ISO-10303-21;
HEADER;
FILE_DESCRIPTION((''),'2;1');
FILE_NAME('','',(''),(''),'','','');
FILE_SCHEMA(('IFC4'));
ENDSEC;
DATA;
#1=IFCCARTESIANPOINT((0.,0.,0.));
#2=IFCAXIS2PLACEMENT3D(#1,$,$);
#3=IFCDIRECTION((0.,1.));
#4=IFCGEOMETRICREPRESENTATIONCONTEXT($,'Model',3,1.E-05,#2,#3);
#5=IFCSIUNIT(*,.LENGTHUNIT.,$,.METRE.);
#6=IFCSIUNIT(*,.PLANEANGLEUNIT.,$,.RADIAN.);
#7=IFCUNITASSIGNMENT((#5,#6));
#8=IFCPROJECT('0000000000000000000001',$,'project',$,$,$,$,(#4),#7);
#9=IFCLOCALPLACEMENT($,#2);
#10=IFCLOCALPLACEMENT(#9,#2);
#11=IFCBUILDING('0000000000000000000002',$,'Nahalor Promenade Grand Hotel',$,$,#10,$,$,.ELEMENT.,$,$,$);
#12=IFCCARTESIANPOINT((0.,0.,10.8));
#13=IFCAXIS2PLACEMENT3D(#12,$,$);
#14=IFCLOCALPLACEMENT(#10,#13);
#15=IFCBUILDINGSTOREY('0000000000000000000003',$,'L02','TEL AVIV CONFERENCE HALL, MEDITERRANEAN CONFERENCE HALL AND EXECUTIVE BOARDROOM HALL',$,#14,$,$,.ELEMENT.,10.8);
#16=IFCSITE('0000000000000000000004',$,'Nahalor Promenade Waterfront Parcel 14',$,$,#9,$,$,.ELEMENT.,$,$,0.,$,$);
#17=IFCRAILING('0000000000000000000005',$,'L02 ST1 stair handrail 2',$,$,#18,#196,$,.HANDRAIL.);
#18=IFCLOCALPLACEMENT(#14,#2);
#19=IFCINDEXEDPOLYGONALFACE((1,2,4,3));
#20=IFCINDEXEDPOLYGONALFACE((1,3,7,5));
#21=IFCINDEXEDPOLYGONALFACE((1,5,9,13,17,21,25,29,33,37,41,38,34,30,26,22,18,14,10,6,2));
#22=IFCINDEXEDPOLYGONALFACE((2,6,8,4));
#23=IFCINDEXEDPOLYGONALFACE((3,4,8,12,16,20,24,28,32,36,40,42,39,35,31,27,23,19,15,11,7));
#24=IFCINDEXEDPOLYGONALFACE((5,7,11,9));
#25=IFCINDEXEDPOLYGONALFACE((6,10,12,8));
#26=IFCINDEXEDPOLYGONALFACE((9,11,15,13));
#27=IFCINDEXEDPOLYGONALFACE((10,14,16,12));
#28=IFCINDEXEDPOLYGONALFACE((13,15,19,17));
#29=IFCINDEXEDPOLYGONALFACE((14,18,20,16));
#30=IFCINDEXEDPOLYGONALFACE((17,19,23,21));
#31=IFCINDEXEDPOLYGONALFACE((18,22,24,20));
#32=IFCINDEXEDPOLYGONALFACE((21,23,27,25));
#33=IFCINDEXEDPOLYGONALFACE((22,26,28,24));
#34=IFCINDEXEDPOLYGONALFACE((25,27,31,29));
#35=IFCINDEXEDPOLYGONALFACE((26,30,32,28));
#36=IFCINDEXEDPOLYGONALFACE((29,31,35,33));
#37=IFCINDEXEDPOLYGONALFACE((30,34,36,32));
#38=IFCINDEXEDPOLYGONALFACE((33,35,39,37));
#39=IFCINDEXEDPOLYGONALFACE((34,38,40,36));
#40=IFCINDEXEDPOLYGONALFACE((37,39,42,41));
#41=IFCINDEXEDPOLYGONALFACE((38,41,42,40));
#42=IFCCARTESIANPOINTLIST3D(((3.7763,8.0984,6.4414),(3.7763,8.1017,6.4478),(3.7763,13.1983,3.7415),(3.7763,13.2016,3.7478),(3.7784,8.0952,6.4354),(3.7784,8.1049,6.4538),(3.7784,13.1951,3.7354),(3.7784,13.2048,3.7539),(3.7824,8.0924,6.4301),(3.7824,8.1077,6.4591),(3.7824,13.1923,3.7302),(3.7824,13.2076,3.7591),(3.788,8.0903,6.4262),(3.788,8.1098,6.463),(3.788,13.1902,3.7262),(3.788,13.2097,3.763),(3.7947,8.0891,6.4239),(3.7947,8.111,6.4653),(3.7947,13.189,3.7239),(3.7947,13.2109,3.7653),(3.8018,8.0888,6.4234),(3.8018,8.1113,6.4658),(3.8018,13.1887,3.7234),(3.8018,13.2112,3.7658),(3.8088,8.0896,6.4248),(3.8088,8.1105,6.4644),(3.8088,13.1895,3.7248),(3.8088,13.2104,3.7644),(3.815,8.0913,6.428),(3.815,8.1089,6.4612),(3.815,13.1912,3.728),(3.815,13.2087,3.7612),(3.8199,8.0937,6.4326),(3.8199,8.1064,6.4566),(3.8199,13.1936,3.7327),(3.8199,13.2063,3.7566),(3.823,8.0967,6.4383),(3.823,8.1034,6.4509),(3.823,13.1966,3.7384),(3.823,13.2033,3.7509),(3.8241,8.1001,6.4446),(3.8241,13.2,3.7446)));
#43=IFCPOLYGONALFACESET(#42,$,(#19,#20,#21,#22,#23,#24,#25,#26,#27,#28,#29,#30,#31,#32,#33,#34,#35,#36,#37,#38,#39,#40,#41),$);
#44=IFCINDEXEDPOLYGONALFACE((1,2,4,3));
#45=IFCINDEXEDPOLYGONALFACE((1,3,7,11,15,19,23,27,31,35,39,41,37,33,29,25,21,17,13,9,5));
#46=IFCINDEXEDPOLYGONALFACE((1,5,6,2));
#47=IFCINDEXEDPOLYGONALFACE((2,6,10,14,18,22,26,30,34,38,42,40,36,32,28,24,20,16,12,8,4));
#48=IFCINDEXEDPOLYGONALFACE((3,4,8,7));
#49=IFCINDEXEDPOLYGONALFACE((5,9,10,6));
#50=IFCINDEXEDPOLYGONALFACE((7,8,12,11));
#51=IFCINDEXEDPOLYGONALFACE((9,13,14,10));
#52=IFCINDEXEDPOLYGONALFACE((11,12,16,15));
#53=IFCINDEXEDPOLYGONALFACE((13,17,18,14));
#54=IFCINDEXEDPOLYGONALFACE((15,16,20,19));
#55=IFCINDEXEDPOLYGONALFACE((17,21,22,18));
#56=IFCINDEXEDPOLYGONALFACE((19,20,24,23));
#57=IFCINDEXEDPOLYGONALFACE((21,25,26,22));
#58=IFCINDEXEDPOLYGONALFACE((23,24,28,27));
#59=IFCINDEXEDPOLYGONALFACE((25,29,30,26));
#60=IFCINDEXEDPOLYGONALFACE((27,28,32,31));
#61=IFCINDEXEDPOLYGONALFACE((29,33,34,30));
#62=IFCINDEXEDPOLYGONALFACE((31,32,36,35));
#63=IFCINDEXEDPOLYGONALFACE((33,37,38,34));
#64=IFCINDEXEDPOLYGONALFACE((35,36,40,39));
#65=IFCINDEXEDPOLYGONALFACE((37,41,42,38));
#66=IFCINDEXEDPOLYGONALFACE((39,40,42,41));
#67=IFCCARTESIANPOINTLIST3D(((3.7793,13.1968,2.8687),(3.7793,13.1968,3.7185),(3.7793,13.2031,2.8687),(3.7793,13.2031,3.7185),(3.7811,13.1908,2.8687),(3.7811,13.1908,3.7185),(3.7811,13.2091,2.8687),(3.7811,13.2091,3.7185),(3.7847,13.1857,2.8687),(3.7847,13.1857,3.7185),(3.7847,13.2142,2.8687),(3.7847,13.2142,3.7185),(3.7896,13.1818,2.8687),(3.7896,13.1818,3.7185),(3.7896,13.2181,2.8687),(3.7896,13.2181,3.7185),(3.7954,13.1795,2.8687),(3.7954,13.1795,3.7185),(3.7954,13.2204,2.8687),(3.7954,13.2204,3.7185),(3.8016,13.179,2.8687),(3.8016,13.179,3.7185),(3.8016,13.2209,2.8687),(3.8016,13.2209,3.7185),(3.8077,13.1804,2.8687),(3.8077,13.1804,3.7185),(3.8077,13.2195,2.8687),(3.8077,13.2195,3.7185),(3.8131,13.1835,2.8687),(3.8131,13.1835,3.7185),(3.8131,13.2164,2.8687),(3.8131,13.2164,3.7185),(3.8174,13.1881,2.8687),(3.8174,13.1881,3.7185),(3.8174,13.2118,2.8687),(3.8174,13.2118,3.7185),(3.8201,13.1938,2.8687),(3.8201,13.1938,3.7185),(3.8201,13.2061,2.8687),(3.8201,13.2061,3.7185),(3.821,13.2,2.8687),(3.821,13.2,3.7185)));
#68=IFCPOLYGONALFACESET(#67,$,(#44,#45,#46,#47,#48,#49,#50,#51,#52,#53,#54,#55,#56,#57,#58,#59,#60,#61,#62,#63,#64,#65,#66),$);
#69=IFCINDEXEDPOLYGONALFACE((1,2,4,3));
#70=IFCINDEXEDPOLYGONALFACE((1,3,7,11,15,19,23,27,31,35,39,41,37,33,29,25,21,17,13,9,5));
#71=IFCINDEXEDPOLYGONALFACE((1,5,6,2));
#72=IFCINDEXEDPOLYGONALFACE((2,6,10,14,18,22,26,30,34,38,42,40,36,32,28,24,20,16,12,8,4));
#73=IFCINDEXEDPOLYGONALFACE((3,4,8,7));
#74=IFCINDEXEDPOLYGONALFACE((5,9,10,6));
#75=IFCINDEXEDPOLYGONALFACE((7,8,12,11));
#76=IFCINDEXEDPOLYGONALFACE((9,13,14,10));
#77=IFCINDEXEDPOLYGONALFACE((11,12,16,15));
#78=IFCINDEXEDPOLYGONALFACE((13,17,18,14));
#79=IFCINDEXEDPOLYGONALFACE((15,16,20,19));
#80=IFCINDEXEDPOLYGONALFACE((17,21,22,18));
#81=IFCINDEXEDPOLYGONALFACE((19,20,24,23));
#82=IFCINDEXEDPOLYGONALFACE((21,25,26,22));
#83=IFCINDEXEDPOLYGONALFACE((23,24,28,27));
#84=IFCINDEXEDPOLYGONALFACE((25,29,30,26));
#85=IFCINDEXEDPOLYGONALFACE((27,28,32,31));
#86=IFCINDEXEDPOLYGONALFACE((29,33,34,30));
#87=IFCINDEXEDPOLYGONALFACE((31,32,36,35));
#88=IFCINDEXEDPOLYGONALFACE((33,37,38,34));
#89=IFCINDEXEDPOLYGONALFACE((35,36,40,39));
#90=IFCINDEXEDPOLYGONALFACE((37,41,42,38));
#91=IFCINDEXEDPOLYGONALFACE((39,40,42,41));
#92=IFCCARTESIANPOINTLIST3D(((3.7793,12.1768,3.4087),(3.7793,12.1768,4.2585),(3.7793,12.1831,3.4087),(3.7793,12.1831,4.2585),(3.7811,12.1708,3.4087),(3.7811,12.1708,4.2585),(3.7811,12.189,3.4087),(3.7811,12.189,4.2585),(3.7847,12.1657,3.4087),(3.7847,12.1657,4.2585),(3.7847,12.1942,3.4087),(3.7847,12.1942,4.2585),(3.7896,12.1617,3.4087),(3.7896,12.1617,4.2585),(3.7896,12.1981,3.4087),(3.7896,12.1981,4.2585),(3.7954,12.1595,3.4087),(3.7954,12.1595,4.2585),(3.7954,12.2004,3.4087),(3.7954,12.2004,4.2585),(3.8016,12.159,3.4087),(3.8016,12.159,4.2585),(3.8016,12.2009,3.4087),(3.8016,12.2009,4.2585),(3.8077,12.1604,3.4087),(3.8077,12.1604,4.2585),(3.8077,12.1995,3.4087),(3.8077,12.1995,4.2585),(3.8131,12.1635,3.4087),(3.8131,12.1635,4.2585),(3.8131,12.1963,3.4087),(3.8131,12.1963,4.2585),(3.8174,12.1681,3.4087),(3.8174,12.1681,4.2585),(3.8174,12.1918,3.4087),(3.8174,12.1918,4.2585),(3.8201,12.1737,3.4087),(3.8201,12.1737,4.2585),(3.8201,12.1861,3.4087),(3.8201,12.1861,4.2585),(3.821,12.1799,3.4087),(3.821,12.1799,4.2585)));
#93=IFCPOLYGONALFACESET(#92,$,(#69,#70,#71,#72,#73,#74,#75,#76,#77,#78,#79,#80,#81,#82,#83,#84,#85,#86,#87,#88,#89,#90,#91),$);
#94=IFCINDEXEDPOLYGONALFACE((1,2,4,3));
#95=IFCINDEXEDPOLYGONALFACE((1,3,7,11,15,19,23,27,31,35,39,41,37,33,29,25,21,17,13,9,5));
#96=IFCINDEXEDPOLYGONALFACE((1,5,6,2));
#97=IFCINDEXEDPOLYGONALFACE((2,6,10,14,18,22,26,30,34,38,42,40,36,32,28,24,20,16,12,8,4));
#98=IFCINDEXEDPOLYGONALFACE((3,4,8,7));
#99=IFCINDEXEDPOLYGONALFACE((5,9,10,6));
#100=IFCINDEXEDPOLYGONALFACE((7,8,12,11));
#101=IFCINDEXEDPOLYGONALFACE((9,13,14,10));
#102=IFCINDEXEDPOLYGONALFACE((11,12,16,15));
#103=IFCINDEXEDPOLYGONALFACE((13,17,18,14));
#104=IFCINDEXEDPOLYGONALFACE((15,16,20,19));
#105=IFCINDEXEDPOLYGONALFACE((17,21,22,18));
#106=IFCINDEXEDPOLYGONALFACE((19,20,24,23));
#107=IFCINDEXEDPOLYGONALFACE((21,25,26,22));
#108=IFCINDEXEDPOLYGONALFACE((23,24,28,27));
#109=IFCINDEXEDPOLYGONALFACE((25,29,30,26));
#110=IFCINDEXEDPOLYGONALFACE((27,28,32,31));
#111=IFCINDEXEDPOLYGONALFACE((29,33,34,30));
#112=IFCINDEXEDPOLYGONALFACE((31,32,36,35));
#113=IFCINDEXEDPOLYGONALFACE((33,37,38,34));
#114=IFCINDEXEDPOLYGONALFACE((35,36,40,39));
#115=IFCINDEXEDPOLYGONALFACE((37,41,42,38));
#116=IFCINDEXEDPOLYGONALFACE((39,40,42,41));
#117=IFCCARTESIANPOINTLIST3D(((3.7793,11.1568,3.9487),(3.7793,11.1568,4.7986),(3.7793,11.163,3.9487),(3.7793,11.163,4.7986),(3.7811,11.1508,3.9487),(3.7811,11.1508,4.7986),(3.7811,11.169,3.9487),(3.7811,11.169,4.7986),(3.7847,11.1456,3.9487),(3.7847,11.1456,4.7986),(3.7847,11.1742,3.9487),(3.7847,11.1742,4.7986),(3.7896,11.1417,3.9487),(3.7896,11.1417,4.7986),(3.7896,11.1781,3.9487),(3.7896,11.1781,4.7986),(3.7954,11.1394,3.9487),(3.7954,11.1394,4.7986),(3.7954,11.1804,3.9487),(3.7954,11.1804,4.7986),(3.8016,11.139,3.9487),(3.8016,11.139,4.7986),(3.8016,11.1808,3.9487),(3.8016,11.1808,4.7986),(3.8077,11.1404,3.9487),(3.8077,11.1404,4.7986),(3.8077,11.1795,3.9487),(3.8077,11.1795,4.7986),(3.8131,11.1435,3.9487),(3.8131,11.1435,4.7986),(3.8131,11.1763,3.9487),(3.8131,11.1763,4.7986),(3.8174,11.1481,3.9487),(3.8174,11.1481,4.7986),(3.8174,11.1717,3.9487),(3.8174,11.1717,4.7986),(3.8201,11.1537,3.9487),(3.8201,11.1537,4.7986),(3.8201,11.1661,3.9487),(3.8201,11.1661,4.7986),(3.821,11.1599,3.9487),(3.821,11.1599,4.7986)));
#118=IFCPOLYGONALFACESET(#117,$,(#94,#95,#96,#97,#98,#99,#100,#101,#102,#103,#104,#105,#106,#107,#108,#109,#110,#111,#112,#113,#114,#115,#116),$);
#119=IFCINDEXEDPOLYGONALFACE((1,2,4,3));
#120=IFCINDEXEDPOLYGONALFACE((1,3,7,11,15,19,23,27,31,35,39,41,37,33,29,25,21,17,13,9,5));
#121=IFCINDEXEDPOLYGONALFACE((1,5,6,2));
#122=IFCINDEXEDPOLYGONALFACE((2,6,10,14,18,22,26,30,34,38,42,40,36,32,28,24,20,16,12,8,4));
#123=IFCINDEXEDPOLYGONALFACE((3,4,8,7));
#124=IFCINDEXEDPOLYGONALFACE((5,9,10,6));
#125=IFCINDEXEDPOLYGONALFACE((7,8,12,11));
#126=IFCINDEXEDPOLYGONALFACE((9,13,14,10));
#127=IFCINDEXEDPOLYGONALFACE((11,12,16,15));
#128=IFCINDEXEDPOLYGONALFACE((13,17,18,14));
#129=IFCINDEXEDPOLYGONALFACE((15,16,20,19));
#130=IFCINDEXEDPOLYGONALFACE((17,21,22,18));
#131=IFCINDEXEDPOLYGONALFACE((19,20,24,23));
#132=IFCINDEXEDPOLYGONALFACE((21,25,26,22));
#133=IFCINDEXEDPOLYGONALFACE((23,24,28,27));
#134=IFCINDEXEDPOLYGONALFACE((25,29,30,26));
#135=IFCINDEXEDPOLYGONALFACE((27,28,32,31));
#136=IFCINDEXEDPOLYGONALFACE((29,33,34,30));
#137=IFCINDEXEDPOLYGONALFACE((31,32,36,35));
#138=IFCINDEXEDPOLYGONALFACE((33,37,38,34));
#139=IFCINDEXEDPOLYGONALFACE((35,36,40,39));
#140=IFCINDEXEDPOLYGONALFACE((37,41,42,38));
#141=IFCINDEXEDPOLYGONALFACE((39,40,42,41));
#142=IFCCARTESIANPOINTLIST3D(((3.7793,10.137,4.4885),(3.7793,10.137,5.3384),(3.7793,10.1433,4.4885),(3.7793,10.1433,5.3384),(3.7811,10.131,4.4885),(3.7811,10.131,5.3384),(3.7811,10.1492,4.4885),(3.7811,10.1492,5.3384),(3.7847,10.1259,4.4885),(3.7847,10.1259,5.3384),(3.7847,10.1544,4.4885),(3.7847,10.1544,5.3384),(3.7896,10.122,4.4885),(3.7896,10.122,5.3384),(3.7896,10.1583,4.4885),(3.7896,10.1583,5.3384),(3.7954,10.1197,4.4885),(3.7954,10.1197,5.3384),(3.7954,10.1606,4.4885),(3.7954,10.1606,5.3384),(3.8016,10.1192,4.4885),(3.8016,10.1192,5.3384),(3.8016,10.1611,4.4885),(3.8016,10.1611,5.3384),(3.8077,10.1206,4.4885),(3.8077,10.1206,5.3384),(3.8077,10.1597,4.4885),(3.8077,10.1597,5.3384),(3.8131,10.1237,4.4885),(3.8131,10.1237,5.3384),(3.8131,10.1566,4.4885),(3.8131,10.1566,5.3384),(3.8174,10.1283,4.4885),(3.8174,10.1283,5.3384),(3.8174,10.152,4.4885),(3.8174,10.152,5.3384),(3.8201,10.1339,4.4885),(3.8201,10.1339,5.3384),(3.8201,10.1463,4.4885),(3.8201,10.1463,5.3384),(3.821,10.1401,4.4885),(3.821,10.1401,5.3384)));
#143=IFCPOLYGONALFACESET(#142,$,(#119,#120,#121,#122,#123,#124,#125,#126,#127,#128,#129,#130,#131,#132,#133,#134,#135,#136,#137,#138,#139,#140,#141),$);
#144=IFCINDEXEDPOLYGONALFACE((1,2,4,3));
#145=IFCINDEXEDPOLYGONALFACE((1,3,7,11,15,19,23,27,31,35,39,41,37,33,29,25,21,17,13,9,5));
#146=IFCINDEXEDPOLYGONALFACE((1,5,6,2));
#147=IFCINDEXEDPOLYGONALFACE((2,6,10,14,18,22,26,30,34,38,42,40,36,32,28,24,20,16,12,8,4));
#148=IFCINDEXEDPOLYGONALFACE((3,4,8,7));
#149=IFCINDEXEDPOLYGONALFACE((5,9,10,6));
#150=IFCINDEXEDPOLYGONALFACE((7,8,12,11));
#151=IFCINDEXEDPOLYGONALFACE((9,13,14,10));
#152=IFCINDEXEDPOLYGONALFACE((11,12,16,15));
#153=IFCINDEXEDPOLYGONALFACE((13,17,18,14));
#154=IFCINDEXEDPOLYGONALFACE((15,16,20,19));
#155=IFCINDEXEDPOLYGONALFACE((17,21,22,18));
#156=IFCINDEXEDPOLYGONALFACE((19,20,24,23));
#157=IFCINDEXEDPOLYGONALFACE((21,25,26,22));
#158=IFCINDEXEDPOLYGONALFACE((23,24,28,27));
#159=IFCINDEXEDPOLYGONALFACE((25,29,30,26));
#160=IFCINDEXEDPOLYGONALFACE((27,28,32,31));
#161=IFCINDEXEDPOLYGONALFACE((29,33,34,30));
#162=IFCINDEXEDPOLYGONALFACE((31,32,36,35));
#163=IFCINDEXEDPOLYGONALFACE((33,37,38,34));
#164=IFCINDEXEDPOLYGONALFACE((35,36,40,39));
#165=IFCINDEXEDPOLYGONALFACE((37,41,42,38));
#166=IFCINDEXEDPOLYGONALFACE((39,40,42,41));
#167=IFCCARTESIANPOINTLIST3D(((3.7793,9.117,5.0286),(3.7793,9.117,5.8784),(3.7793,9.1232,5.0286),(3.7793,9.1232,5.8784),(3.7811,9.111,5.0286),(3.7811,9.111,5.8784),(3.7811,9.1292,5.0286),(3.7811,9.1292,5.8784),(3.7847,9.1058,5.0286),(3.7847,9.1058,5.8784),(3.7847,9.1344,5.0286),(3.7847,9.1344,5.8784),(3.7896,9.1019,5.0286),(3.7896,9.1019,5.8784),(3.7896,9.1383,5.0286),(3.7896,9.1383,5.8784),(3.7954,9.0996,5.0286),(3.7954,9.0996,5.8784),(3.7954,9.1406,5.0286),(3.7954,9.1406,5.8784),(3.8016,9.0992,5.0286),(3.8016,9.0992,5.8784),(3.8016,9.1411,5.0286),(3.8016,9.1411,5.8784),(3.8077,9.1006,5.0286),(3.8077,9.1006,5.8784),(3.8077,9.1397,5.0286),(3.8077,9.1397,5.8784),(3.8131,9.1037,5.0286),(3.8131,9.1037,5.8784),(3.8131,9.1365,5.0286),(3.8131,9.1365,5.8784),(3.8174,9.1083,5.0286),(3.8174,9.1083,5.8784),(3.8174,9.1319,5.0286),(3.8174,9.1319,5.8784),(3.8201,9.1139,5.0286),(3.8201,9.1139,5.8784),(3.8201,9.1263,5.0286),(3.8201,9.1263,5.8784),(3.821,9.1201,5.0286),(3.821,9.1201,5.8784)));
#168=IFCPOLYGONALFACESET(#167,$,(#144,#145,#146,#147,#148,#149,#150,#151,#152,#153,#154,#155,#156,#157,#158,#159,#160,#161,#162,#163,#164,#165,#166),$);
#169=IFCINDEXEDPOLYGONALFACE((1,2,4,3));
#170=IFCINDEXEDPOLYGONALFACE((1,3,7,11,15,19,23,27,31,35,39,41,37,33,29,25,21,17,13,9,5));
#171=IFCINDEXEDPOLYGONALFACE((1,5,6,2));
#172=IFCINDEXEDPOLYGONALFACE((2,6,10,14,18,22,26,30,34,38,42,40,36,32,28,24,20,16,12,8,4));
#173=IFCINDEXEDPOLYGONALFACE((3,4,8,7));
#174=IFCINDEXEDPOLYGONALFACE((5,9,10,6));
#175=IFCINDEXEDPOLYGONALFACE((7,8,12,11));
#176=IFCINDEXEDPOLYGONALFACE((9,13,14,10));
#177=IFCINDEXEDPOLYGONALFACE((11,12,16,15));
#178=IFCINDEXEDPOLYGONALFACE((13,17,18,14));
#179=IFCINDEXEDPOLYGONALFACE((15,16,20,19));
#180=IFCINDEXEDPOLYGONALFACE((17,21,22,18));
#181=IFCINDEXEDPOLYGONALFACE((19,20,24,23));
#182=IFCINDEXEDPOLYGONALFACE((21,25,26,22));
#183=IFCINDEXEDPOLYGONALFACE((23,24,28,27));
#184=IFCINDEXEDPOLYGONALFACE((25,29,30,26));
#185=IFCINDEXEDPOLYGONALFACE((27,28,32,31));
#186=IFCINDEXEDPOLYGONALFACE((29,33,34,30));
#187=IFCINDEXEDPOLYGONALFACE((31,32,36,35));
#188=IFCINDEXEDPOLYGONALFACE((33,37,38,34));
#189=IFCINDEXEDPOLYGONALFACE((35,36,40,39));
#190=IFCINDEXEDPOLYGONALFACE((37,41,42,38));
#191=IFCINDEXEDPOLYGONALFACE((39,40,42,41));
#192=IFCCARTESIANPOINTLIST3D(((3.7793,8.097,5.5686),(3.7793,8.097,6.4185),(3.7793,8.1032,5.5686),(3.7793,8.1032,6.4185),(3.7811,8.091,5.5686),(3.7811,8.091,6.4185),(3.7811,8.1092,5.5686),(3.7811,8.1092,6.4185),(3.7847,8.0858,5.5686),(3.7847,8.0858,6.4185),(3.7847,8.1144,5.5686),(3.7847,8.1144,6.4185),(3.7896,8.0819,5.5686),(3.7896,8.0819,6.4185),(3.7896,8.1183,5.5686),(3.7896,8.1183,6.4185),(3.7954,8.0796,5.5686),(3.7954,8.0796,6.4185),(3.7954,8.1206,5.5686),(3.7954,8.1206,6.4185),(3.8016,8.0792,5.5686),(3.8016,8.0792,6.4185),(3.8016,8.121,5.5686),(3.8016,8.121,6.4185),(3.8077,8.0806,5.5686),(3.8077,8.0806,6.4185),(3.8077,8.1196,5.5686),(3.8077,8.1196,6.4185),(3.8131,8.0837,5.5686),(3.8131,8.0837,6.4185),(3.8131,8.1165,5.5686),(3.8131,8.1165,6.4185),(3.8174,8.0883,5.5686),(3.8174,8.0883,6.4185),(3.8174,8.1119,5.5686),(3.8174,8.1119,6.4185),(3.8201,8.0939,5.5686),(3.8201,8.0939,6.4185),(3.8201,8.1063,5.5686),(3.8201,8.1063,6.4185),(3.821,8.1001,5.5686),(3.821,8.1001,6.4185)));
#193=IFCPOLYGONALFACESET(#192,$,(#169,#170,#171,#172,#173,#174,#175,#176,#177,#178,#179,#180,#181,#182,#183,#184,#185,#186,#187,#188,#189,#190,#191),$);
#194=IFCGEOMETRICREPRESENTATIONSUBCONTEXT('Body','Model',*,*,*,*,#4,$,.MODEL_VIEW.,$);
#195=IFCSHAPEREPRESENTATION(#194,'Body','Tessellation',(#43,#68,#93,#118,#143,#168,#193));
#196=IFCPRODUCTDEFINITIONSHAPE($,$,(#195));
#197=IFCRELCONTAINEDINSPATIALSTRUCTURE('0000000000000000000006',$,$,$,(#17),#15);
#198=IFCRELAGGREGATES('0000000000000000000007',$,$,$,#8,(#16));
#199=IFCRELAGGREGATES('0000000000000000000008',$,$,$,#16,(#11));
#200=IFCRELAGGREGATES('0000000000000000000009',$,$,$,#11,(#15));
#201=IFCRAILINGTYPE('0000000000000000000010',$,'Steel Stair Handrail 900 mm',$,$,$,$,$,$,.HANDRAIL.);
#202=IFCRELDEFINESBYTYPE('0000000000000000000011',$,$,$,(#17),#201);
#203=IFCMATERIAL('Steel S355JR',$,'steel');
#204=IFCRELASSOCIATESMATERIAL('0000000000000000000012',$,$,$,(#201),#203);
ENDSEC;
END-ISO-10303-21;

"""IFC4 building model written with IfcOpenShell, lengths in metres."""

from ifc_helpers import new_model, si_unit, direction, frame, origin, origin_2d, place, context, subcontext, project, spatial, circle, extrude, material, type_object, element, save


model = new_model("IFC4")

# Units and contexts
model_context = context("Model", 3, precision=1e-05, world=origin(), true_north=direction((0.0, 1.0)))
body_context = subcontext(model_context, "Body", "Model", "MODEL_VIEW")
ifc_project = project(units=[si_unit("LENGTHUNIT", "METRE"), si_unit("PLANEANGLEUNIT", "RADIAN")], contexts=[model_context])

# Site, building, storey
site_placement = place(None, origin())
site = spatial("IfcSite", under=ifc_project, at=site_placement, Name="Nahalor Promenade Waterfront Parcel 14", CompositionType="ELEMENT", RefElevation=0.0)
building_placement = place(site_placement, origin())
building = spatial("IfcBuilding", under=site, at=building_placement, Name="Nahalor Promenade Grand Hotel", CompositionType="ELEMENT")
storey_placement = place(building_placement, frame((0.0, 0.0, 10.8)))
storey = spatial("IfcBuildingStorey", under=building, at=storey_placement, Name="L02", Description="TEL AVIV CONFERENCE HALL, MEDITERRANEAN CONFERENCE HALL AND EXECUTIVE BOARDROOM HALL", CompositionType="ELEMENT", Elevation=10.8)

# Shared definitions
ifc_material_1 = material(Name="Steel S355JR", Category="steel")

# Railing
railing_type_1 = type_object("IfcRailingType", Name="Steel Stair Handrail 900 mm", PredefinedType="HANDRAIL", material=ifc_material_1)
railing_1_placement = place(storey_placement, frame((3.8, 13.2, 2.8687)))
element("IfcRailing", 1, at=railing_1_placement, inside=storey, type_object=railing_type_1, Name="L02 ST1 stair handrail 2", PredefinedType="HANDRAIL", context=body_context, shape_type="SweptSolid", body=[
    extrude(circle(Radius=0.024, at=origin_2d()), frame((0.0, 0.0, 0.876), z_axis=(0.0, -0.883786, 0.467892), x_axis=(1.0, 0.0, 0.0)), (0.0, 0.0, 1.0), 5.7705),
    extrude(circle(Radius=0.021, at=origin_2d()), origin(), (0.0, 0.0, 1.0), 0.8499),
    extrude(circle(Radius=0.021, at=origin_2d()), frame((0.0, -1.02, 0.54)), (0.0, 0.0, 1.0), 0.8499),
    extrude(circle(Radius=0.021, at=origin_2d()), frame((0.0, -2.04, 1.0801)), (0.0, 0.0, 1.0), 0.8499),
    extrude(circle(Radius=0.021, at=origin_2d()), frame((0.0, -3.0598, 1.6199)), (0.0, 0.0, 1.0), 0.8499),
    extrude(circle(Radius=0.021, at=origin_2d()), frame((0.0, -4.0798, 2.1599)), (0.0, 0.0, 1.0), 0.8499),
    extrude(circle(Radius=0.021, at=origin_2d()), frame((0.0, -5.0999, 2.7)), (0.0, 0.0, 1.0), 0.8499),
])

save(model, "model.ifc")
